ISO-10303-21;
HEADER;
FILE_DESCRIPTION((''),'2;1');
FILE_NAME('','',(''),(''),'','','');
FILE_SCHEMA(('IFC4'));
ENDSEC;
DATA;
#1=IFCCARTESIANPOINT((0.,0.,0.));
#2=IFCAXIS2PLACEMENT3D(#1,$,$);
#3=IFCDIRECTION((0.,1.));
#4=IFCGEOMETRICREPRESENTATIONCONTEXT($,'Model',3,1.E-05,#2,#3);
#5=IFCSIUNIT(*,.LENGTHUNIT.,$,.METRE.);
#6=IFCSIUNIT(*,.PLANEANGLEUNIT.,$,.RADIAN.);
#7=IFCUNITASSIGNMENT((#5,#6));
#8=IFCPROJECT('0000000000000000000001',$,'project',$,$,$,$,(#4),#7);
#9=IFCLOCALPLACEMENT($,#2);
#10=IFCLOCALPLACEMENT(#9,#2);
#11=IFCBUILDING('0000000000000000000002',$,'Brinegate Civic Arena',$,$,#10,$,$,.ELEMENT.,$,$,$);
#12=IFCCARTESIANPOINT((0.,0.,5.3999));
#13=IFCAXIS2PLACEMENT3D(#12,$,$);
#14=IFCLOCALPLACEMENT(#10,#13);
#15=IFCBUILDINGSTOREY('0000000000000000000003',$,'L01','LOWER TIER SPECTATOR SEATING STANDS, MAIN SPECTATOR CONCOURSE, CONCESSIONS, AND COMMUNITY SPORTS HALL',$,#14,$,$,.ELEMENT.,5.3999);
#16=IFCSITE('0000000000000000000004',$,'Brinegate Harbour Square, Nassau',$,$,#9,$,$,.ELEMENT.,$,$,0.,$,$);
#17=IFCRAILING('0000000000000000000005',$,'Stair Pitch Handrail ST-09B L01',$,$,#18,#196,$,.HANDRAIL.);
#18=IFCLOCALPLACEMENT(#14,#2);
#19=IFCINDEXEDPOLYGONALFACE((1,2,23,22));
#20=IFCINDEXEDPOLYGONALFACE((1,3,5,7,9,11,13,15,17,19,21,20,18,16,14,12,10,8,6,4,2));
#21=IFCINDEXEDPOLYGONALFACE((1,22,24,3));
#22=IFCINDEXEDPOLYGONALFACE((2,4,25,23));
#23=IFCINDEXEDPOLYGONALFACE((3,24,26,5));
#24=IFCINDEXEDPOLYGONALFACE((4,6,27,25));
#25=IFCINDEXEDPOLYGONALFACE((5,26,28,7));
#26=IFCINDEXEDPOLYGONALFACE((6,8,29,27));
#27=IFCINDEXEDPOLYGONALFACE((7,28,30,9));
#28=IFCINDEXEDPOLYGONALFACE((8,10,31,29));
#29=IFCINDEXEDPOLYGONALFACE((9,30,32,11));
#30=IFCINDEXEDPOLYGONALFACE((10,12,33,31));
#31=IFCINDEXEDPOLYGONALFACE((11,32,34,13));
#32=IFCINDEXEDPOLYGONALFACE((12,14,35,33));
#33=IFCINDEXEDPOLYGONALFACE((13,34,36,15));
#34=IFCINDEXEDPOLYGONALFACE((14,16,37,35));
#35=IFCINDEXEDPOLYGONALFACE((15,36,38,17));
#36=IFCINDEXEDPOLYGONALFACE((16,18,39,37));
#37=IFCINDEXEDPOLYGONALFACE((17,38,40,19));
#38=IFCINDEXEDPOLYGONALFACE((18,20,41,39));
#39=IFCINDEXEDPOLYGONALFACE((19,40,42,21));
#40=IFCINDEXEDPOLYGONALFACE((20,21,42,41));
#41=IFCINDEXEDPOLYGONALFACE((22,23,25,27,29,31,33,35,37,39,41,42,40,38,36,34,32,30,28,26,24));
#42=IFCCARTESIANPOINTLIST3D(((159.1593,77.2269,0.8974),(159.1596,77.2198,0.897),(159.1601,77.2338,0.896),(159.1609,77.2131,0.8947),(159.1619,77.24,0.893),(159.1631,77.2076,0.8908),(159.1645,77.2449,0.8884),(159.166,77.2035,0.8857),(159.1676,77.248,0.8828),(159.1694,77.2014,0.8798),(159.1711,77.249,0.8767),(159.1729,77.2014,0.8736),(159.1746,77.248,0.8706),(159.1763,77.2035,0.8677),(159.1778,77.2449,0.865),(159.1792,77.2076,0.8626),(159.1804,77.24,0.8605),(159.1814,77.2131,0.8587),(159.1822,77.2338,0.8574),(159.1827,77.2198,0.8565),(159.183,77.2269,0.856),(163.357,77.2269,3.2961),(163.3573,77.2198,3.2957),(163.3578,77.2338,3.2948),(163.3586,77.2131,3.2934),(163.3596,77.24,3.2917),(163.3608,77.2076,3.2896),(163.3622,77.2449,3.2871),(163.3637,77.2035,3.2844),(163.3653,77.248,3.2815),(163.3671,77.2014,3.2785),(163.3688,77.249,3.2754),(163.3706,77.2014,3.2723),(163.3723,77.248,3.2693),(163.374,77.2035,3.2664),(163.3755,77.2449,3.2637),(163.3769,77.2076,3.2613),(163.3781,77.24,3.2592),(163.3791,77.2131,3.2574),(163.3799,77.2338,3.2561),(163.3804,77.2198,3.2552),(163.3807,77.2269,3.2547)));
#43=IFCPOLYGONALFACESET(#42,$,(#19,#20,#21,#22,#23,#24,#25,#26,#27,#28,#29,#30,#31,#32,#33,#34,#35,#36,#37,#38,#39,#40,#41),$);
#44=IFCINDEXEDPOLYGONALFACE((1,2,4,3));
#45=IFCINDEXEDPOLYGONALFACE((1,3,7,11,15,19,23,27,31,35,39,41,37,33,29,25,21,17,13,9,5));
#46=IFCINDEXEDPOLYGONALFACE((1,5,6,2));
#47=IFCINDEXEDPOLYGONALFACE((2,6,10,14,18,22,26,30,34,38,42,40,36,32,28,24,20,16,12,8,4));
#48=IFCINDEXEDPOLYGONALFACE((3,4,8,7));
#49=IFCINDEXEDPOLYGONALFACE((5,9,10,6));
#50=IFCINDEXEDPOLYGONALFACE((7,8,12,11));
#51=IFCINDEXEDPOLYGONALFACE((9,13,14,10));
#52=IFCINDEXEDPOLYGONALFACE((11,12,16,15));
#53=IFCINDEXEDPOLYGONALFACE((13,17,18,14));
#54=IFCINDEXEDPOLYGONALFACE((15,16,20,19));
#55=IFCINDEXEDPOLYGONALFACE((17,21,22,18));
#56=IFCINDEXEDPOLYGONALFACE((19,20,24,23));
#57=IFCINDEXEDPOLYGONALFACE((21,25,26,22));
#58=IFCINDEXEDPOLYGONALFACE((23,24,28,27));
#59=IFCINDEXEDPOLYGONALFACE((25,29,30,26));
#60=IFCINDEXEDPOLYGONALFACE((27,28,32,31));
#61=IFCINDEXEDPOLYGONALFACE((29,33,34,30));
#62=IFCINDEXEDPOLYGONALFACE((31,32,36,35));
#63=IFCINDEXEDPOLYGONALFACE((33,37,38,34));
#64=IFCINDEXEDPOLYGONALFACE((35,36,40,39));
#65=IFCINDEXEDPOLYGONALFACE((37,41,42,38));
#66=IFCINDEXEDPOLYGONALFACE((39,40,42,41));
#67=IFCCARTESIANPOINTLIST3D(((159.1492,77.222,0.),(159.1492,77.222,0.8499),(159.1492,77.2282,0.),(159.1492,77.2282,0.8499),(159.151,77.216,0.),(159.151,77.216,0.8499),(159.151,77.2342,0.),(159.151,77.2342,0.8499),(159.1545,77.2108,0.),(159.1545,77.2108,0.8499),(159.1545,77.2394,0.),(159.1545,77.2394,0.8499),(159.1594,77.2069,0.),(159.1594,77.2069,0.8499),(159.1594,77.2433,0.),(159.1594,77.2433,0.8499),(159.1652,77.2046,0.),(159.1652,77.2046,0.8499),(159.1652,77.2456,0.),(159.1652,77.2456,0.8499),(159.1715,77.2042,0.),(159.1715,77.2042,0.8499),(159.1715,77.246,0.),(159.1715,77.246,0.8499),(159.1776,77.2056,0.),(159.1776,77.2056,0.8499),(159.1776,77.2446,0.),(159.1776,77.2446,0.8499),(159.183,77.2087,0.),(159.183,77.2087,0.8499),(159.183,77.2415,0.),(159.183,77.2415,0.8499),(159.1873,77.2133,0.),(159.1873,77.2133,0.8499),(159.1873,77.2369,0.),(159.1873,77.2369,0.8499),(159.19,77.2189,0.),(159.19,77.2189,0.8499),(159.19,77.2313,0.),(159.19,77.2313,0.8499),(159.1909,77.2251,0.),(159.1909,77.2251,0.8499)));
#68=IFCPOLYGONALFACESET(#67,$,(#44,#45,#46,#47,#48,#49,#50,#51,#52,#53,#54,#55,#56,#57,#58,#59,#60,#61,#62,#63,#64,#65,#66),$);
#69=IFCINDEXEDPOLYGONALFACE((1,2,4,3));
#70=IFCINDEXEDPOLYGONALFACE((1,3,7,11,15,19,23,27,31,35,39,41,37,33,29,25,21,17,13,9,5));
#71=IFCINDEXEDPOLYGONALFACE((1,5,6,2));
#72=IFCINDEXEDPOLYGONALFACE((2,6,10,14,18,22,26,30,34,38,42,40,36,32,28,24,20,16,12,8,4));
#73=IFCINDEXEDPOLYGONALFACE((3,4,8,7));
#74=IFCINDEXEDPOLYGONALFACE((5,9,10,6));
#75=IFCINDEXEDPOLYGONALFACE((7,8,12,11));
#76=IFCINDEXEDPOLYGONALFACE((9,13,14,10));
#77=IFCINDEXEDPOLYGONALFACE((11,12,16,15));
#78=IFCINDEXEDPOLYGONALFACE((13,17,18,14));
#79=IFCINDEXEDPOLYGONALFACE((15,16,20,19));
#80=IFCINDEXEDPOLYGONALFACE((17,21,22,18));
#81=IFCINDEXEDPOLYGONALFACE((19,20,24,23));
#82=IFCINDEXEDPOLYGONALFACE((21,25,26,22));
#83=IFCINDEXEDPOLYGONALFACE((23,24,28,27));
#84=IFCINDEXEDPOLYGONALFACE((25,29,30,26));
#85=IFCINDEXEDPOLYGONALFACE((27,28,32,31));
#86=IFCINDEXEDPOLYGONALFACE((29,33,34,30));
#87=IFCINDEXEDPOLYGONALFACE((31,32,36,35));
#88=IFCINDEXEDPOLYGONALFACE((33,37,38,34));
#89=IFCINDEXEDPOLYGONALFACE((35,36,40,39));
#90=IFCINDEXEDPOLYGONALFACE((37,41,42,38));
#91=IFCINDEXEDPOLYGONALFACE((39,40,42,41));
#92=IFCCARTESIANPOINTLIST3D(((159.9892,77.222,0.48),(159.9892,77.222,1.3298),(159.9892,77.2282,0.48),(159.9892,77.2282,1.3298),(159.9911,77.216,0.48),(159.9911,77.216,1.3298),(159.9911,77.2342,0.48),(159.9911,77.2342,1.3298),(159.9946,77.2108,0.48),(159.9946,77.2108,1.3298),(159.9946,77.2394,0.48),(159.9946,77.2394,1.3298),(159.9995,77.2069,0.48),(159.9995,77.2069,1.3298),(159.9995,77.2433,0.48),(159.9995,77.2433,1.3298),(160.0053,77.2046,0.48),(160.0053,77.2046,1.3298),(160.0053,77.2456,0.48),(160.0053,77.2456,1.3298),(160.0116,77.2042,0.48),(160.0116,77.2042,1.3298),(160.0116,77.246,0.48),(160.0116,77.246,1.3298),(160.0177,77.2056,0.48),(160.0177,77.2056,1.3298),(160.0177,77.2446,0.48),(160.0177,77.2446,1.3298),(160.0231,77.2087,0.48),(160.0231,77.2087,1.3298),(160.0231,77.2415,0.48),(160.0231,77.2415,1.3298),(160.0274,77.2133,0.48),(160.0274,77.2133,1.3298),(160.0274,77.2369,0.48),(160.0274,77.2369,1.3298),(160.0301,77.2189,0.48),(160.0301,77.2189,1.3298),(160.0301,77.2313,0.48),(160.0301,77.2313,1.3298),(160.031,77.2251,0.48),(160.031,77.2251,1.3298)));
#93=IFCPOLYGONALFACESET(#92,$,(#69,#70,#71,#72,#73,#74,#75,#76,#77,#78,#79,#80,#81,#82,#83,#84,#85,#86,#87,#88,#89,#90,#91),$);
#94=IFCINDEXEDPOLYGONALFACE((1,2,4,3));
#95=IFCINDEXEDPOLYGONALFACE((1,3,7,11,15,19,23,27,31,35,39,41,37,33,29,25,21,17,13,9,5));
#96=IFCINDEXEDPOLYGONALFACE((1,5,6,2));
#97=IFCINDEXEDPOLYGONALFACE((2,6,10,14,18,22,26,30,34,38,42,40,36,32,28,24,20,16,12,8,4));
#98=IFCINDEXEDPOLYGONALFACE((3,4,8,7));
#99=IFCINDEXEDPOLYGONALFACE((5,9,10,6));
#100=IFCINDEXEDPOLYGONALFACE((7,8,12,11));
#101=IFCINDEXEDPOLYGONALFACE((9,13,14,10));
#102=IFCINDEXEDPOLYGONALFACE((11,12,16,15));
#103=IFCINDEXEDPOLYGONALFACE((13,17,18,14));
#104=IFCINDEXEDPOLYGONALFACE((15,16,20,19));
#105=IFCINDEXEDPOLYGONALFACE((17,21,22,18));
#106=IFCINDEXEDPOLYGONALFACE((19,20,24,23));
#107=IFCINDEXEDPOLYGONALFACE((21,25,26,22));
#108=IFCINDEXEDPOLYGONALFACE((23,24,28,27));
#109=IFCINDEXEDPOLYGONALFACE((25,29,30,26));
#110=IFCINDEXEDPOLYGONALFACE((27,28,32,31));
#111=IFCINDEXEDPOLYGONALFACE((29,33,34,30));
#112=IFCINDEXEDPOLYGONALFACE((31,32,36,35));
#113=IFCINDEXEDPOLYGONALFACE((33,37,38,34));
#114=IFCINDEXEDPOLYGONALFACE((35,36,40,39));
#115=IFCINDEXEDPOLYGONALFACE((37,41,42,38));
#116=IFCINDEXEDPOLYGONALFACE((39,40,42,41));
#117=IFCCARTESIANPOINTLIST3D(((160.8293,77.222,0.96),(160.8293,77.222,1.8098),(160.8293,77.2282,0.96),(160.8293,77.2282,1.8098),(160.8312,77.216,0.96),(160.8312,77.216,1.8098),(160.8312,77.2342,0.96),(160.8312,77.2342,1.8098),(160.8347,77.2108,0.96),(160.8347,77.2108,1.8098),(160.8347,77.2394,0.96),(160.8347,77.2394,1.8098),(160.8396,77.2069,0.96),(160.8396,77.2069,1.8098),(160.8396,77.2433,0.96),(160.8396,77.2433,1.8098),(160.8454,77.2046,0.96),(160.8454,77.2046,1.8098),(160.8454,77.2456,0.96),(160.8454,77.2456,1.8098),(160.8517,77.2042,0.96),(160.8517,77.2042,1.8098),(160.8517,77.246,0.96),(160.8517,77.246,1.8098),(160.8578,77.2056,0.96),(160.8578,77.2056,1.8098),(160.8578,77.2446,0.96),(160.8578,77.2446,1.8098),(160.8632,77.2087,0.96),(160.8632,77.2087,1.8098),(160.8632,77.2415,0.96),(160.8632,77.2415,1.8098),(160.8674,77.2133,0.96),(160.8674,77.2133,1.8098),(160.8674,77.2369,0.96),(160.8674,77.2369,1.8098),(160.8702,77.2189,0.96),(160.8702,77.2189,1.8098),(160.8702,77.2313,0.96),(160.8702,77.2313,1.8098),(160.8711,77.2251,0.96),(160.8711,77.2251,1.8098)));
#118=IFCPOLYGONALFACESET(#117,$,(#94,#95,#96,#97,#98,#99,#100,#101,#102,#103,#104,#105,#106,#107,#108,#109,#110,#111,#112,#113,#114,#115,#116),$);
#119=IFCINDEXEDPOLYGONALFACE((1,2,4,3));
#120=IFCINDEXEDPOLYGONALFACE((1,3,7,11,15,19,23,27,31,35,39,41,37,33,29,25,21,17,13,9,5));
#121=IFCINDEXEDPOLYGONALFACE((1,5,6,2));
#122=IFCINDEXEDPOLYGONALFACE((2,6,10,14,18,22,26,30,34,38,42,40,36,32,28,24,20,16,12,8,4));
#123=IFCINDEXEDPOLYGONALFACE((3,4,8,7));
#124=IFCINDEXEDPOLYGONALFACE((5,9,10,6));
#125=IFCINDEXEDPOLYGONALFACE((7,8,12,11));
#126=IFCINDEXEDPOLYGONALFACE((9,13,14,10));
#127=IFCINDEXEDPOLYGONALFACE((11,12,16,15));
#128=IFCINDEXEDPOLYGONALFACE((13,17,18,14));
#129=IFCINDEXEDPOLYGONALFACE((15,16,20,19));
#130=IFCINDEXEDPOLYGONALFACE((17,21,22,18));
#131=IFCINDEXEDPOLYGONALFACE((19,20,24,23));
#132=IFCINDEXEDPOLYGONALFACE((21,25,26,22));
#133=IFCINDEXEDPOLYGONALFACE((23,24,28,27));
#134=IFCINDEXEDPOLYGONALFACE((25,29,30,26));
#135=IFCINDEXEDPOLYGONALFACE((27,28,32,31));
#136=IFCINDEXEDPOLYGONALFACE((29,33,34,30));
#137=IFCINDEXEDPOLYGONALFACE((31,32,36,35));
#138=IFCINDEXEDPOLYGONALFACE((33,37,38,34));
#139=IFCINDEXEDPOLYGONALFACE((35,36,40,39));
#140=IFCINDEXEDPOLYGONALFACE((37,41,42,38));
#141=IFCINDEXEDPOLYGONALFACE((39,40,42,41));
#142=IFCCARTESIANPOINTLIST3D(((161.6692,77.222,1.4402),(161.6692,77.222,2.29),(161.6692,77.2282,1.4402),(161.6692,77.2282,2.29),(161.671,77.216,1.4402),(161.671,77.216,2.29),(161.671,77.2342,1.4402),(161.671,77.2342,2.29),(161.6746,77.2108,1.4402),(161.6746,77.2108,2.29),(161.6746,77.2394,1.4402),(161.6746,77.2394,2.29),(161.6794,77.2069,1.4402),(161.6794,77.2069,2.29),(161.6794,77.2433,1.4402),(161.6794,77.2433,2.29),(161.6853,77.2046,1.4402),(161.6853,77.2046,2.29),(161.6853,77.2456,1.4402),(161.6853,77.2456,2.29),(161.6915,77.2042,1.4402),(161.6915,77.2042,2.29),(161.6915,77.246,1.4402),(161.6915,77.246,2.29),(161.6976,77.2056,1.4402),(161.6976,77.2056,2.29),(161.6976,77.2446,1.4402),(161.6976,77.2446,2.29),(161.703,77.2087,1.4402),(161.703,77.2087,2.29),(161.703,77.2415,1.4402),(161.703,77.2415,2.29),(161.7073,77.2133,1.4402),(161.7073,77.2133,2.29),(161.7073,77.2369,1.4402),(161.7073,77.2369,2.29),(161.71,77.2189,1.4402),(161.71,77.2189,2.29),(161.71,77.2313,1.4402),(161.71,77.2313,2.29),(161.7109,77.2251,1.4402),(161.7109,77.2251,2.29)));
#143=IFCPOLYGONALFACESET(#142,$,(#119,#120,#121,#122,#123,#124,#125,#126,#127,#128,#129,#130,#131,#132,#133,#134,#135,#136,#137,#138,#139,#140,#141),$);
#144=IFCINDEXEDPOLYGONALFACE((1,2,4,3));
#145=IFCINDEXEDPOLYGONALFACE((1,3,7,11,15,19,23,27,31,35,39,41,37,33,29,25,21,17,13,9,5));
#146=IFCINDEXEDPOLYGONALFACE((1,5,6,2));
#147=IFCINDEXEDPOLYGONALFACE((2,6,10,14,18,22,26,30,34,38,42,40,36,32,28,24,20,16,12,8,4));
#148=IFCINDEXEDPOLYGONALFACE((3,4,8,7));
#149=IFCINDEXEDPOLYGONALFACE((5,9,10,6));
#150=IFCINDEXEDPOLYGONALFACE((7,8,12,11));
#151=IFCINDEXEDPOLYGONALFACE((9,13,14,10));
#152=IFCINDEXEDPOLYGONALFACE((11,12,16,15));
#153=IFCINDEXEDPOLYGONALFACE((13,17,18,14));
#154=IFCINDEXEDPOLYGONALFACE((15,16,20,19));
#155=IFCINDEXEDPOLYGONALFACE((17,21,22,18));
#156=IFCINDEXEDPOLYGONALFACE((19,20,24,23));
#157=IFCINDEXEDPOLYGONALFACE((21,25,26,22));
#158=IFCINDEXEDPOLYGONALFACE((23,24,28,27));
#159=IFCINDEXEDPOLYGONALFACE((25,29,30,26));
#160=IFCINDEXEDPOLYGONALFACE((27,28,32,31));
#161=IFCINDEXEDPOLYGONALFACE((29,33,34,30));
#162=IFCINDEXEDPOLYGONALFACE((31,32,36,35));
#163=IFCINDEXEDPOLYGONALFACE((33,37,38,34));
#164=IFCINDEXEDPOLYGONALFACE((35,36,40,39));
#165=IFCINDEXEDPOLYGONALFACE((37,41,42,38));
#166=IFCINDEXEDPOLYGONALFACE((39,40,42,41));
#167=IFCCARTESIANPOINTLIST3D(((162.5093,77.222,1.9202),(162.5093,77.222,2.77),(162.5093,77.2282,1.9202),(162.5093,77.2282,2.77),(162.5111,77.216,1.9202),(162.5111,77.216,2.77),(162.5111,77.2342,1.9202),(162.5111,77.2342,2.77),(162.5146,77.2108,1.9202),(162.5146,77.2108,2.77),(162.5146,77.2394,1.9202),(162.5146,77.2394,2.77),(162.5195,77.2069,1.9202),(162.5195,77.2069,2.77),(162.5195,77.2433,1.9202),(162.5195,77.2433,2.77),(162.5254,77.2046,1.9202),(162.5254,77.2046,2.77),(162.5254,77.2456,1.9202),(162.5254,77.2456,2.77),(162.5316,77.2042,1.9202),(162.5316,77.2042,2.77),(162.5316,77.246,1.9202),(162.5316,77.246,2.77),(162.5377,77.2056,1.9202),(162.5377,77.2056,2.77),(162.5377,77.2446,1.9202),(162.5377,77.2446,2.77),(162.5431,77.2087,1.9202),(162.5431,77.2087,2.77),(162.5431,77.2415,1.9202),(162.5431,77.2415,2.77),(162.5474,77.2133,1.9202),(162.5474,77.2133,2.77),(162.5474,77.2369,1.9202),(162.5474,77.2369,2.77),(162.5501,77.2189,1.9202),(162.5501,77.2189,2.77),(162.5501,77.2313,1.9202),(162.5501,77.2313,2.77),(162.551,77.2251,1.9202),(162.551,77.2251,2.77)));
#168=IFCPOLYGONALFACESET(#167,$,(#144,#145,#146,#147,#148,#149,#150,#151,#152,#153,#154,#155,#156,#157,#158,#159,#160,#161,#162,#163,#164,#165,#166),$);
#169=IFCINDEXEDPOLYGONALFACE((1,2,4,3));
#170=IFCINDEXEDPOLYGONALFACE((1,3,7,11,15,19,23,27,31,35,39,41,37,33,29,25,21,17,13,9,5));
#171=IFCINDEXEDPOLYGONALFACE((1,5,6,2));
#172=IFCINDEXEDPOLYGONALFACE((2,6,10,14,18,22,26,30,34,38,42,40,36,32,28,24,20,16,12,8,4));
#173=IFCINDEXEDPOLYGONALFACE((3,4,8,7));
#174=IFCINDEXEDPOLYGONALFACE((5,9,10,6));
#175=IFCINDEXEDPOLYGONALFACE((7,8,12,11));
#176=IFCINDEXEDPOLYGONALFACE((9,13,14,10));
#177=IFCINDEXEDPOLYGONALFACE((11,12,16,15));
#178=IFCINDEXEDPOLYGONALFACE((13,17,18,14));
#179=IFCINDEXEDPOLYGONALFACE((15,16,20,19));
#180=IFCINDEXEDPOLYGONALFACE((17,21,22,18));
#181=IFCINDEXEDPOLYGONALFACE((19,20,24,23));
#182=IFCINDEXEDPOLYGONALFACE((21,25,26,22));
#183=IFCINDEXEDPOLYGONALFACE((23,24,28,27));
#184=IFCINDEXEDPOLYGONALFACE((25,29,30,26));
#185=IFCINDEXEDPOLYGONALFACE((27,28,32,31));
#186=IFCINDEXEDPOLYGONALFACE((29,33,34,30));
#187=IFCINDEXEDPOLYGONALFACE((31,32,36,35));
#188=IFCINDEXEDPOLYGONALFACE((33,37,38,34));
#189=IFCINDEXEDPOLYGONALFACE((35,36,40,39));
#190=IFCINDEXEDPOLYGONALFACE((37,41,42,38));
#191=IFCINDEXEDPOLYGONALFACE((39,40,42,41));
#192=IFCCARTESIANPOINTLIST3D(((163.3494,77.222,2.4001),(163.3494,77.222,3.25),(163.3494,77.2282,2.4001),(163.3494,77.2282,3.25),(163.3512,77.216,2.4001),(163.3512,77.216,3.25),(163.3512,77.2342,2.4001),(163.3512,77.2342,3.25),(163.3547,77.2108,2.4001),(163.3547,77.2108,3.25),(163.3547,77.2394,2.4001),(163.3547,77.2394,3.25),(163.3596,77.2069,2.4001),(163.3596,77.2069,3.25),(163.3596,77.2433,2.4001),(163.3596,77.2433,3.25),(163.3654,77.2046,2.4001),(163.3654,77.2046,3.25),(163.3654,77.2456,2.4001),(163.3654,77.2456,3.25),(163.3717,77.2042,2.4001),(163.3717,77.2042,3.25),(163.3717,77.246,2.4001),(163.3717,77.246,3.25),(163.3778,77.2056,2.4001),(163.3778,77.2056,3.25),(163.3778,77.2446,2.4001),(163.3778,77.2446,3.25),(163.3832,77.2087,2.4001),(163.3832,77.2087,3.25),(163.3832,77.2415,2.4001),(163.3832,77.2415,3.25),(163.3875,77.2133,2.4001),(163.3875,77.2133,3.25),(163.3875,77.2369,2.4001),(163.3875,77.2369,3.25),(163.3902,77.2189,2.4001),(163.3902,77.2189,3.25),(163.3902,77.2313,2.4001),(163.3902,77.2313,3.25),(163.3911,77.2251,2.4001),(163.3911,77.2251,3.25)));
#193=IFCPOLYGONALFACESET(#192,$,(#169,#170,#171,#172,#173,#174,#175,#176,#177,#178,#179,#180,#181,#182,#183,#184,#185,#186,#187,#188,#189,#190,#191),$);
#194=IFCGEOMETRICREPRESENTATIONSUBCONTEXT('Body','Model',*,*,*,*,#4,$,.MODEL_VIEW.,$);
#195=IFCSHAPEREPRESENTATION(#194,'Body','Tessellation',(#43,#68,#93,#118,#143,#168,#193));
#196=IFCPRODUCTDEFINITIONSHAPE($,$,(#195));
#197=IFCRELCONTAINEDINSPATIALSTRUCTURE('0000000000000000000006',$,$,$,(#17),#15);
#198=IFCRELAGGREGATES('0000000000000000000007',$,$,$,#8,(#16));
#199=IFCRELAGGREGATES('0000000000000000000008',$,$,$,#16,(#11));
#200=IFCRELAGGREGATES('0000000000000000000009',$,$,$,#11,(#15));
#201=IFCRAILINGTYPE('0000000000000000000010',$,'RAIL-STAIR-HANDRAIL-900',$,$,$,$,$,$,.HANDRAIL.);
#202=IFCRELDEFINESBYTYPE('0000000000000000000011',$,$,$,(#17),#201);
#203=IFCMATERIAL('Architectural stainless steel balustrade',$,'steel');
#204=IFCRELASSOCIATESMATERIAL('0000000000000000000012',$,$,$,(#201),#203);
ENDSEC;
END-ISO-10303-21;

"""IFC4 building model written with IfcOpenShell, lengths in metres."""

from ifc_helpers import new_model, si_unit, direction, frame, origin, origin_2d, place, context, subcontext, project, spatial, circle, extrude, material, type_object, element, save


model = new_model("IFC4")

# Units and contexts
model_context = context("Model", 3, precision=1e-05, world=origin(), true_north=direction((0.0, 1.0)))
body_context = subcontext(model_context, "Body", "Model", "MODEL_VIEW")
ifc_project = project(units=[si_unit("LENGTHUNIT", "METRE"), si_unit("PLANEANGLEUNIT", "RADIAN")], contexts=[model_context])

# Site, building, storey
site_placement = place(None, origin())
site = spatial("IfcSite", under=ifc_project, at=site_placement, Name="Brinegate Harbour Square, Nassau", CompositionType="ELEMENT", RefElevation=0.0)
building_placement = place(site_placement, origin())
building = spatial("IfcBuilding", under=site, at=building_placement, Name="Brinegate Civic Arena", CompositionType="ELEMENT")
storey_placement = place(building_placement, frame((0.0, 0.0, 5.3999)))
storey = spatial("IfcBuildingStorey", under=building, at=storey_placement, Name="L01", Description="LOWER TIER SPECTATOR SEATING STANDS, MAIN SPECTATOR CONCOURSE, CONCESSIONS, AND COMMUNITY SPORTS HALL", CompositionType="ELEMENT", Elevation=5.3999)

# Railing
ifc_material_1 = material(Name="Architectural stainless steel balustrade", Category="steel")
railing_type = type_object("IfcRailingType", Name="RAIL-STAIR-HANDRAIL-900", PredefinedType="HANDRAIL", material=ifc_material_1)
for number, where, name in (
    (1, (159.1699, 77.2251, 0.0), "Stair Pitch Handrail ST-09B L01"),
):
    element("IfcRailing", number, at=place(storey_placement, frame(where)), inside=storey, type_object=railing_type, Name=name, PredefinedType="HANDRAIL", context=body_context, shape_type="SweptSolid", body=[
        extrude(circle(Radius=0.0239, at=origin_2d()), frame((0.0012, 0.0, 0.8767), z_axis=(0.86824, 0.0, 0.496144), x_axis=(0.0, 1.0, 0.0)), (0.0, 0.0, 1.0), 4.8347),
        extrude(circle(Radius=0.021, at=origin_2d()), origin(), (0.0, 0.0, 1.0), 0.8499),
        extrude(circle(Radius=0.021, at=origin_2d()), frame((0.8401, 0.0, 0.48)), (0.0, 0.0, 1.0), 0.8499),
        extrude(circle(Radius=0.021, at=origin_2d()), frame((1.6802, 0.0, 0.96)), (0.0, 0.0, 1.0), 0.8499),
        extrude(circle(Radius=0.021, at=origin_2d()), frame((2.52, 0.0, 1.4402)), (0.0, 0.0, 1.0), 0.8499),
        extrude(circle(Radius=0.021, at=origin_2d()), frame((3.3601, 0.0, 1.9202)), (0.0, 0.0, 1.0), 0.8499),
        extrude(circle(Radius=0.021, at=origin_2d()), frame((4.2002, 0.0, 2.4001)), (0.0, 0.0, 1.0), 0.8499),
    ])

save(model, "model.ifc")
